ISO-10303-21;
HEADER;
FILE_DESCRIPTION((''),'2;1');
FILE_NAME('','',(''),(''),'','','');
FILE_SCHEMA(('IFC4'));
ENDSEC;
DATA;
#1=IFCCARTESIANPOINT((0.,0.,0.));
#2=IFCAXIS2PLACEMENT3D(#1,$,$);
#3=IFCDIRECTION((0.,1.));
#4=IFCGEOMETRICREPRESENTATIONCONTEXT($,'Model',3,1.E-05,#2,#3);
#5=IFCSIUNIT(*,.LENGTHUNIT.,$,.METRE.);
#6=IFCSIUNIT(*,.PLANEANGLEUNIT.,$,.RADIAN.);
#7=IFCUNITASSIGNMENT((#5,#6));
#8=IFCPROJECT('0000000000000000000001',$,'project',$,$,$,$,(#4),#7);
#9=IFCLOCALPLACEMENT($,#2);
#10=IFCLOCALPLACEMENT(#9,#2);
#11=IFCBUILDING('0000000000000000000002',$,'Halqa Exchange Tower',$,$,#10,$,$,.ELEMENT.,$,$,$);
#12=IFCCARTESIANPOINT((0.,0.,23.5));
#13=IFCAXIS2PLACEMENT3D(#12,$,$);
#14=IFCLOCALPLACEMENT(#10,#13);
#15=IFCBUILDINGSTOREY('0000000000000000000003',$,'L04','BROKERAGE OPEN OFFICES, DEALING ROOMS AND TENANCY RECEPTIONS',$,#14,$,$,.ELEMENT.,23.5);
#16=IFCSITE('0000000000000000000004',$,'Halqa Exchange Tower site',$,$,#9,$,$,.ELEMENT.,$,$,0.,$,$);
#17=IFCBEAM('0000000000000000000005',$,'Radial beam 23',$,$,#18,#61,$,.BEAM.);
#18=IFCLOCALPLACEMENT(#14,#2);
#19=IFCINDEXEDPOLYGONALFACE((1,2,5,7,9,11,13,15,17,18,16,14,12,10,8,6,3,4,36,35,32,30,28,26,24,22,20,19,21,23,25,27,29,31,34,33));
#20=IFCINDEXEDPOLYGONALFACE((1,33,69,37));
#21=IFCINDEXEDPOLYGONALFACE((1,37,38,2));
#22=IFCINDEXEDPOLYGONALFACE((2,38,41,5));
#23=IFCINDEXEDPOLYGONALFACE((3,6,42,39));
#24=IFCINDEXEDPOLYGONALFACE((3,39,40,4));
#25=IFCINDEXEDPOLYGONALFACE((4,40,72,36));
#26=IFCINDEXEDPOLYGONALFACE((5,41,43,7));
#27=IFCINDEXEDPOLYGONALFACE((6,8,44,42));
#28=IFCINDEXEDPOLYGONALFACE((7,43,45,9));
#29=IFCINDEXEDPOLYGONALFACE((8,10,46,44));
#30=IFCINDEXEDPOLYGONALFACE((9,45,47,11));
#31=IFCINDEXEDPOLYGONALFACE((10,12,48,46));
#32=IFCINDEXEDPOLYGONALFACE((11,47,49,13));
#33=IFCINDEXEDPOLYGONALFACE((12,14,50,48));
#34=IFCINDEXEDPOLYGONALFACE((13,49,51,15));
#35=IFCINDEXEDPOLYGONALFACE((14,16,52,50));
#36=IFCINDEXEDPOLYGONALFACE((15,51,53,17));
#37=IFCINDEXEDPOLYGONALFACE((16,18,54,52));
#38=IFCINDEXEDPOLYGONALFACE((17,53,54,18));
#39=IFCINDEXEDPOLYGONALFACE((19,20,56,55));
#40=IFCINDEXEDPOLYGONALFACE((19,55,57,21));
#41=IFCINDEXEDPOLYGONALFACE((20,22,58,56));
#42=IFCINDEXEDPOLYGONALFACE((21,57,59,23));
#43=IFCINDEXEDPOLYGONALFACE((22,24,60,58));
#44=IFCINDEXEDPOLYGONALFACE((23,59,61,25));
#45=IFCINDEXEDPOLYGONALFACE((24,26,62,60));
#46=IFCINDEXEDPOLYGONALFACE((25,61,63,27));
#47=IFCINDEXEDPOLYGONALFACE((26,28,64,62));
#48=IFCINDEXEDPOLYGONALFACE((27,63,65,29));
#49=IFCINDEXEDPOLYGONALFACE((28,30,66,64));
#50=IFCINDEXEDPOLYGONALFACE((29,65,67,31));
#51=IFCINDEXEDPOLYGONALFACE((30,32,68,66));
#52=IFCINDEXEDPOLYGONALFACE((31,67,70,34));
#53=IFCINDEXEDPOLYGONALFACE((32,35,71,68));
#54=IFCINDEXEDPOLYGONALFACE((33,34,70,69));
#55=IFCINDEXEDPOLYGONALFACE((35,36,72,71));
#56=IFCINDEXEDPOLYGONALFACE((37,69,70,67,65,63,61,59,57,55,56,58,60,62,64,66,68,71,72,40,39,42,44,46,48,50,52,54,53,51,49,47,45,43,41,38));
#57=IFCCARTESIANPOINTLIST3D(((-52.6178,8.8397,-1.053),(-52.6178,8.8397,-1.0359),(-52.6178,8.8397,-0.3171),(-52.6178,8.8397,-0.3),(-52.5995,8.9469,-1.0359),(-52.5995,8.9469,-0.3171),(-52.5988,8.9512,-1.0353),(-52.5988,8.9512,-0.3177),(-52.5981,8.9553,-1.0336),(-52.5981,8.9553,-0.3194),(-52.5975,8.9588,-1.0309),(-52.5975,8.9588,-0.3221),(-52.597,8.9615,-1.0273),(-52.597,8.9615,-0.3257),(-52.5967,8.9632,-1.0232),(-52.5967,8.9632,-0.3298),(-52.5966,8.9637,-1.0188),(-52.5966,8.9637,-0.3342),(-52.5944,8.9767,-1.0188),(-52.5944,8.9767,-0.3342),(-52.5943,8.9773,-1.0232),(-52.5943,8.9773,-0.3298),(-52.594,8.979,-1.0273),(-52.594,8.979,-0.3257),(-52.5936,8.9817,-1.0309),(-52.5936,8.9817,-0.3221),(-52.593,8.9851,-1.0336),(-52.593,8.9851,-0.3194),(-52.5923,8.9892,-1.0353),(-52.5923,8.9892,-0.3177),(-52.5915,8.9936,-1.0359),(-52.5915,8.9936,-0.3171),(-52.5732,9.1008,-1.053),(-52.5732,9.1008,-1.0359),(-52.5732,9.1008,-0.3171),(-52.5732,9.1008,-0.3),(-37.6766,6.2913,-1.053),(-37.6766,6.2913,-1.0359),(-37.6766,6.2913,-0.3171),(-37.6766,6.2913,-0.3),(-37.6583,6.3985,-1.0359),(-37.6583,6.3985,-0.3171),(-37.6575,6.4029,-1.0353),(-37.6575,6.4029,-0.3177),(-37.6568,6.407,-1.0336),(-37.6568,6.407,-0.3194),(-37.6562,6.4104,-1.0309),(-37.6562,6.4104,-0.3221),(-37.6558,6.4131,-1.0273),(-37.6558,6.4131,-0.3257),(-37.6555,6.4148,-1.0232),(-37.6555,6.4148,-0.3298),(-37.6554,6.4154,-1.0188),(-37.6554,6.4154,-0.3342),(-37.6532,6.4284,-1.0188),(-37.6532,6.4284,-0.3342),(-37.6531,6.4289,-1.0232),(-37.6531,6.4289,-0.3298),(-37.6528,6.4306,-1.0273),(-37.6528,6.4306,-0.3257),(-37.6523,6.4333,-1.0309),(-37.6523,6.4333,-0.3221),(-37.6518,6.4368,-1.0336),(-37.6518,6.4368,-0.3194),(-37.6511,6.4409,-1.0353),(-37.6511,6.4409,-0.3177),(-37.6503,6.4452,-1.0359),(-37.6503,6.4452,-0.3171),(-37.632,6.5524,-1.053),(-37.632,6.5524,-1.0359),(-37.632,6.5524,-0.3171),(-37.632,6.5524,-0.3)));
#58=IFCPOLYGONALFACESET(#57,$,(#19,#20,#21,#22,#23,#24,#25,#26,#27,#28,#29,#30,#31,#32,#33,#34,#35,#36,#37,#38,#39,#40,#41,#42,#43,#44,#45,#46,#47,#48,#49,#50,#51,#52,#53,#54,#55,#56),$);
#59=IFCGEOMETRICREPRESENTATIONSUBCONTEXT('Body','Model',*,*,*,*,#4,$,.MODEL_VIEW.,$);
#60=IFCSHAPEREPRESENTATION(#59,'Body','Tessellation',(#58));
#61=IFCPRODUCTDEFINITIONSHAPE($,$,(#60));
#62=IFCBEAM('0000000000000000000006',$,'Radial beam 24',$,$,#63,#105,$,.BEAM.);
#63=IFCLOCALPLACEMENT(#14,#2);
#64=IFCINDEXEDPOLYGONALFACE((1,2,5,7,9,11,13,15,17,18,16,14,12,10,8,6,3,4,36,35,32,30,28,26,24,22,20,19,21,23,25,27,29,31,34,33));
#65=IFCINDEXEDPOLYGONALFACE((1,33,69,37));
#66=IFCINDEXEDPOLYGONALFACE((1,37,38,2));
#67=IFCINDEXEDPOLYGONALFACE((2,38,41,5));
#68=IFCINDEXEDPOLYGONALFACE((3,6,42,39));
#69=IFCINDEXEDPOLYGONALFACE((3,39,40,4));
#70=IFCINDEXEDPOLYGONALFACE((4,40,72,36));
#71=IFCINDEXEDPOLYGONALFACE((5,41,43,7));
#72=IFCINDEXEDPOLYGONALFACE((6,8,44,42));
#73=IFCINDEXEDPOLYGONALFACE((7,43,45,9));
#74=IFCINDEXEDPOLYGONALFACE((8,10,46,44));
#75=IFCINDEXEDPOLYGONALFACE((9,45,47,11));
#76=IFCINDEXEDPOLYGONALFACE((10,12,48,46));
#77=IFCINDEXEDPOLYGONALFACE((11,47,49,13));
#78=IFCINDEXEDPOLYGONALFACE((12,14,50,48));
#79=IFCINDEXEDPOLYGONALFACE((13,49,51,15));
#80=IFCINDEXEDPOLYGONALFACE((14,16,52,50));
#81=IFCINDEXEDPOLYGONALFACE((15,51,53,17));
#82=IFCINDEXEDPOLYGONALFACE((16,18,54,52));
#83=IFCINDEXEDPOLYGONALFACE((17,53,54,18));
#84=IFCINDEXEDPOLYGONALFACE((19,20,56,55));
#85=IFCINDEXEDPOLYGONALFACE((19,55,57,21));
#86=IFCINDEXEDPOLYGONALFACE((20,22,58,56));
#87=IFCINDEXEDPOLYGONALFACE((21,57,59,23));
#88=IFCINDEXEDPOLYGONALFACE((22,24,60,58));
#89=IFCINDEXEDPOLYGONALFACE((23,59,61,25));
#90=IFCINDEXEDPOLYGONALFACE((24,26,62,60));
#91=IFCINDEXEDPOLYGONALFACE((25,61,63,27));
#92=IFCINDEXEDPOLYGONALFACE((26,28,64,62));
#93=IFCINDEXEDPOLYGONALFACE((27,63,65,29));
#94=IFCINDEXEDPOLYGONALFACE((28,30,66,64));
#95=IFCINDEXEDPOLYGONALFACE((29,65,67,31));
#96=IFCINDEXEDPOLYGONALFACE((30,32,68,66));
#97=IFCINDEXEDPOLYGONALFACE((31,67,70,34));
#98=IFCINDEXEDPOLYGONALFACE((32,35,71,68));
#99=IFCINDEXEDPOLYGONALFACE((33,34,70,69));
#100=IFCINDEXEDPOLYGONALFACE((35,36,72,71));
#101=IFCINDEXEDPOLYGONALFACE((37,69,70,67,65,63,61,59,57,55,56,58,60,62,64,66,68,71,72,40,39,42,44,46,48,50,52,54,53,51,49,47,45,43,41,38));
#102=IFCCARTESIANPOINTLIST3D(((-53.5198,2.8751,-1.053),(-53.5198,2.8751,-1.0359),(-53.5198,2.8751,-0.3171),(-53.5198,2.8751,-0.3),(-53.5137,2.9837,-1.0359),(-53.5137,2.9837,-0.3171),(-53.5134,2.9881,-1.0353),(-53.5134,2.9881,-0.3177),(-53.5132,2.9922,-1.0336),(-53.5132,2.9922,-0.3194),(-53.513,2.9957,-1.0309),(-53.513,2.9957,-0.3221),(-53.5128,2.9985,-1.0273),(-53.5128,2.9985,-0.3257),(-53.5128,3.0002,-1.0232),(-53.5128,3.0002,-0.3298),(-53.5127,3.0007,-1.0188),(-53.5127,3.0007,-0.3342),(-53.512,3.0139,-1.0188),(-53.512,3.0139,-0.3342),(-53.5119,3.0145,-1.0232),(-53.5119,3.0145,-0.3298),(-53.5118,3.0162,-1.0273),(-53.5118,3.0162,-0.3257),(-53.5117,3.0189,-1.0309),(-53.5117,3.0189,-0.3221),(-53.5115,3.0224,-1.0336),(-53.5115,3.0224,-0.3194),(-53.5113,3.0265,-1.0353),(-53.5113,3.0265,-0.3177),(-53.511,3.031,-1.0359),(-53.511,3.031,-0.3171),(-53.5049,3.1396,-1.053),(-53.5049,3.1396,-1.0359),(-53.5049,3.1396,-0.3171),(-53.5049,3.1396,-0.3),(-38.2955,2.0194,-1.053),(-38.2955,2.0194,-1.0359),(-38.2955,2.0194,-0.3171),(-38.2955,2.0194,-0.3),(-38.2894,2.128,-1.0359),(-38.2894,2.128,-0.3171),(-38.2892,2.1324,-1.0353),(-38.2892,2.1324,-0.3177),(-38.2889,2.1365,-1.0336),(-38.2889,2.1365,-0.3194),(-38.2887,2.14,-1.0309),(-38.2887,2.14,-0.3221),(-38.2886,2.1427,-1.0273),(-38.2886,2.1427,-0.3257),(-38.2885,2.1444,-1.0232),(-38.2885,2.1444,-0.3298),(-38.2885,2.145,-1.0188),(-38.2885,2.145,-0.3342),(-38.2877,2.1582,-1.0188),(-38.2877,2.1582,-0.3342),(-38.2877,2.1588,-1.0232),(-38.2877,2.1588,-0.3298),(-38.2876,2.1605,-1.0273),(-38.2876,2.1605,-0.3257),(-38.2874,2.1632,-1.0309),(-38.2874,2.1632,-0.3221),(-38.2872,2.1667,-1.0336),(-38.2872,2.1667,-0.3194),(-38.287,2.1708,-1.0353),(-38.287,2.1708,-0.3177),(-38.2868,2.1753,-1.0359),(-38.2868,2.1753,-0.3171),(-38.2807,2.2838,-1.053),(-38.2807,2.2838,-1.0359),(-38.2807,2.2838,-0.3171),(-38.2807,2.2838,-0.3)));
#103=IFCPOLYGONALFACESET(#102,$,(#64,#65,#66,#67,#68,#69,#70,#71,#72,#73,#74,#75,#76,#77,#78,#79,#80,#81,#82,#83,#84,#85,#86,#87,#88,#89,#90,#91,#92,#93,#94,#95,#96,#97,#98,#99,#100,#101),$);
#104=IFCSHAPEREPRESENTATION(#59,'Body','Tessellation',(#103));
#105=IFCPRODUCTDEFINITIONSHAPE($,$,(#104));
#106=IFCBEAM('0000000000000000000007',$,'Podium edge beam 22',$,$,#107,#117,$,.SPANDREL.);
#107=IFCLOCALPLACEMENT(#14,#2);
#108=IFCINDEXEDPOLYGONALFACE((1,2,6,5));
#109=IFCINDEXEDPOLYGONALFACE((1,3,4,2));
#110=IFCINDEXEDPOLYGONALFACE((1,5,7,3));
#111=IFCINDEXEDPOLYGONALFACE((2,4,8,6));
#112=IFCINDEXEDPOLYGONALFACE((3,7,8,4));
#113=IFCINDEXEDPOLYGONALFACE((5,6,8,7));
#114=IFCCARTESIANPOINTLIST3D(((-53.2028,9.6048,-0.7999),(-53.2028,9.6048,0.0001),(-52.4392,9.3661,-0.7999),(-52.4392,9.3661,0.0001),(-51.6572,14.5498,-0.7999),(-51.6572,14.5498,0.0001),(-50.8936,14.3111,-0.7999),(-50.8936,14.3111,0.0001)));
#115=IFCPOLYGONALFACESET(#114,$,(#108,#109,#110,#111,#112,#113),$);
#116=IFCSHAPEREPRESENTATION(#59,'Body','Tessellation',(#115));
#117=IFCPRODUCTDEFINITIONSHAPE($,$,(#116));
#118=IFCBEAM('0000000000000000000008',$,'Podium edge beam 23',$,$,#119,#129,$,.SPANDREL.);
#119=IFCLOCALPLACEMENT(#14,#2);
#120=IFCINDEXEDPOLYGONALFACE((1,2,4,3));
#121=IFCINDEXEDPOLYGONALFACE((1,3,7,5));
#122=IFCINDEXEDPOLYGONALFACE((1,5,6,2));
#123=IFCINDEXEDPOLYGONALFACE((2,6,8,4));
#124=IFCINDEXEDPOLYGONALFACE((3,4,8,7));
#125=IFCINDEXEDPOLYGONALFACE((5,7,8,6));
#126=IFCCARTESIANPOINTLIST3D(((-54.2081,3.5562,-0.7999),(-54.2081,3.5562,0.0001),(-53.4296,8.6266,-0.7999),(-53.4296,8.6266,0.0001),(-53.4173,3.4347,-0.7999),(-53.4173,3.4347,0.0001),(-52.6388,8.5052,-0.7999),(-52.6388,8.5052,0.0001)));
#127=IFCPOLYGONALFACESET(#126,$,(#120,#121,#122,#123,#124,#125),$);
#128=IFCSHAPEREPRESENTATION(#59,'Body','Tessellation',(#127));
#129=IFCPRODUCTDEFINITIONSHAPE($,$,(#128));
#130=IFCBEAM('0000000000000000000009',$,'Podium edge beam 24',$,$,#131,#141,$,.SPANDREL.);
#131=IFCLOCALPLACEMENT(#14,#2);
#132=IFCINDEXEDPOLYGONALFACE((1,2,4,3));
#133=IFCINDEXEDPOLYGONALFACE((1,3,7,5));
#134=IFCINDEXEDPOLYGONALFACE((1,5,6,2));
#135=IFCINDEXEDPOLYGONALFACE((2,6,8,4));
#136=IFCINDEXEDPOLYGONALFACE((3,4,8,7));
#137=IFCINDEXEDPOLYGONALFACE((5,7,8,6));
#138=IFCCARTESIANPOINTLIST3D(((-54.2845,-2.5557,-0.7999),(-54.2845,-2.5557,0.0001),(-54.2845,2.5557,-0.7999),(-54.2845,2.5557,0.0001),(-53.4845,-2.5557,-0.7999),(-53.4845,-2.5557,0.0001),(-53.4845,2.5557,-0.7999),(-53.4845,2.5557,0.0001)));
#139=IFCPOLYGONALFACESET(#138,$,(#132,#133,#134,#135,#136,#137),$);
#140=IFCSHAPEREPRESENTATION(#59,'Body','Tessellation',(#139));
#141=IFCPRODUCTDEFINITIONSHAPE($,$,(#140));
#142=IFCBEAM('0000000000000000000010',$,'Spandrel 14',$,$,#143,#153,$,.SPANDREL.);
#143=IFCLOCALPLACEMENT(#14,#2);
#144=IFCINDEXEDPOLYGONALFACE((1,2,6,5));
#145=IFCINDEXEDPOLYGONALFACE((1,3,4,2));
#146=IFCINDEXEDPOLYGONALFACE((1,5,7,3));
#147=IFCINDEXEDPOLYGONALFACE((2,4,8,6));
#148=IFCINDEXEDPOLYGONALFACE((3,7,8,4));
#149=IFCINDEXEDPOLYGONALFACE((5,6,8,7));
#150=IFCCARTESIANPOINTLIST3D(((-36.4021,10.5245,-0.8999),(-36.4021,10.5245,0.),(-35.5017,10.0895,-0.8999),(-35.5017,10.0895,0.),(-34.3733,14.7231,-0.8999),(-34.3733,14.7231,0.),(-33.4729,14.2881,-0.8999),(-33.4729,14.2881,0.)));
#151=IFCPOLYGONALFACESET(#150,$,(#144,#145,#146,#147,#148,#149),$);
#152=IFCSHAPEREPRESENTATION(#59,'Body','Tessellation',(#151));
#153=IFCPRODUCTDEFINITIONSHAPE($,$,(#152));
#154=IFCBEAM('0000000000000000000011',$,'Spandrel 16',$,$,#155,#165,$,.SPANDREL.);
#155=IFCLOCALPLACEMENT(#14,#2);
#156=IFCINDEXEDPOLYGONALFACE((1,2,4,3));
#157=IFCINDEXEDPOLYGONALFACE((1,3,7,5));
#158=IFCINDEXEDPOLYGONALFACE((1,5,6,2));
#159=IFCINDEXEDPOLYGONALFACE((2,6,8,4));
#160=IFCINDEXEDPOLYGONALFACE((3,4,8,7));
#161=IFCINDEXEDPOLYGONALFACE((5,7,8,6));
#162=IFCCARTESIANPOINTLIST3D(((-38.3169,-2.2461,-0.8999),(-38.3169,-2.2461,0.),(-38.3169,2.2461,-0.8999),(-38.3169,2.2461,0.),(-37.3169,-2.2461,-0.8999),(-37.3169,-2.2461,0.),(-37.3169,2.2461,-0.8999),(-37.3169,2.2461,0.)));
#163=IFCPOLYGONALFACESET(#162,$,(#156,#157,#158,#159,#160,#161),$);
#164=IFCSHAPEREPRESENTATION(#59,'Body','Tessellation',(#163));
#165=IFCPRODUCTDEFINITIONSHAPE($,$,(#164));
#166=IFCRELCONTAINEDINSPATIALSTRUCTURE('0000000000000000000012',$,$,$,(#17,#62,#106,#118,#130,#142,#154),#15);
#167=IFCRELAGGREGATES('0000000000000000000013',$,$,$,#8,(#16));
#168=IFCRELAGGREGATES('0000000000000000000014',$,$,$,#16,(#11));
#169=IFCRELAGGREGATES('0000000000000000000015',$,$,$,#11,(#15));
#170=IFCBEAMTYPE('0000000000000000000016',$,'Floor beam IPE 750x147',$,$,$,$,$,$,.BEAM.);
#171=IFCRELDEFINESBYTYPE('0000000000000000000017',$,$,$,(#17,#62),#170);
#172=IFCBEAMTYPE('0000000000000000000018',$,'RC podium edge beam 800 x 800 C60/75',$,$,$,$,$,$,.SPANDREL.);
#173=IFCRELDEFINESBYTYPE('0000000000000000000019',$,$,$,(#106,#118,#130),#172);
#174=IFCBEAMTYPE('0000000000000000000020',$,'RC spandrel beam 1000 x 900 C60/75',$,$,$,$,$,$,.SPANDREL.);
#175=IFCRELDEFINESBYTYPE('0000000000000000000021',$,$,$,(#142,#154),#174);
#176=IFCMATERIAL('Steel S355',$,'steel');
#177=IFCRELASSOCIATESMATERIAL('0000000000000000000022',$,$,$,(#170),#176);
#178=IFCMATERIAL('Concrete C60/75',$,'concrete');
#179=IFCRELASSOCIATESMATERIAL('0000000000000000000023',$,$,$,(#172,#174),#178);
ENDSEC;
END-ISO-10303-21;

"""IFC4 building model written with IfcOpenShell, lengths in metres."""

from ifc_helpers import new_model, si_unit, direction, frame, origin, origin_2d, place, context, subcontext, project, spatial, rectangle, i_section, extrude, material, material_profile, profile_set, type_object, element, save


model = new_model("IFC4")

# Units and contexts
model_context = context("Model", 3, precision=1e-05, world=origin(), true_north=direction((0.0, 1.0)))
body_context = subcontext(model_context, "Body", "Model", "MODEL_VIEW")
ifc_project = project(units=[si_unit("LENGTHUNIT", "METRE"), si_unit("PLANEANGLEUNIT", "RADIAN")], contexts=[model_context])

# Site, building, storey
site_placement = place(None, origin())
site = spatial("IfcSite", under=ifc_project, at=site_placement, Name="Halqa Exchange Tower site", CompositionType="ELEMENT", RefElevation=0.0)
building_placement = place(site_placement, origin())
building = spatial("IfcBuilding", under=site, at=building_placement, Name="Halqa Exchange Tower", CompositionType="ELEMENT")
storey_placement = place(building_placement, frame((0.0, 0.0, 23.5)))
storey = spatial("IfcBuildingStorey", under=building, at=storey_placement, Name="L04", Description="BROKERAGE OPEN OFFICES, DEALING ROOMS AND TENANCY RECEPTIONS", CompositionType="ELEMENT", Elevation=23.5)

# Beams
ifc_material_1 = material(Name="Steel S355", Category="steel")
ifc_material_profile_1 = material_profile(ifc_material_1, i_section(OverallWidth=0.2649, OverallDepth=0.7529, WebThickness=0.0132, FlangeThickness=0.0171, FilletRadius=0.0171, at=origin_2d()), Name="IPE 750x147")
ifc_profile_set_1 = profile_set([ifc_material_profile_1], Name="Steel S355")
beam_type_1 = type_object("IfcBeamType", Name="Floor beam IPE 750x147", PredefinedType="BEAM", material=ifc_profile_set_1)
beam_1_placement = place(storey_placement, frame((-37.6543, 6.4219, -0.6765), z_axis=(-0.985765, 0.16813, 0.0), x_axis=(-0.16813, -0.985765, 0.0)))
element("IfcBeam", 1, at=beam_1_placement, inside=storey, type_object=beam_type_1, Name="Radial beam 23", PredefinedType="BEAM", context=body_context, shape_type="SweptSolid", body=[
    extrude(i_section(OverallWidth=0.2649, OverallDepth=0.7529, WebThickness=0.0132, FlangeThickness=0.0171, FilletRadius=0.0171, at=origin_2d()), origin(), (0.0, 0.0, 1.0), 15.157),
])
beam_2_placement = place(storey_placement, frame((-38.2881, 2.1516, -0.6765), z_axis=(-0.998424, 0.056118, 0.0), x_axis=(-0.056118, -0.998424, 0.0)))
element("IfcBeam", 2, at=beam_2_placement, inside=storey, type_object=beam_type_1, Name="Radial beam 24", PredefinedType="BEAM", context=body_context, shape_type="SweptSolid", body=[
    extrude(i_section(OverallWidth=0.2649, OverallDepth=0.7529, WebThickness=0.0132, FlangeThickness=0.0171, FilletRadius=0.0171, at=origin_2d()), origin(), (0.0, 0.0, 1.0), 15.2483),
])
ifc_material_2 = material(Name="Concrete C60/75", Category="concrete")
ifc_material_profile_2 = material_profile(ifc_material_2, rectangle(XDim=0.8, YDim=0.8, at=origin_2d()), Name="800 x 800")
ifc_profile_set_2 = profile_set([ifc_material_profile_2], Name="Concrete C60/75")
beam_type_2 = type_object("IfcBeamType", Name="RC podium edge beam 800 x 800 C60/75", PredefinedType="SPANDREL", material=ifc_profile_set_2)
beam_3_placement = place(storey_placement, frame((-51.2754, 14.4304, -0.3999), z_axis=(-0.298331, -0.954462, 0.0), x_axis=(0.954462, -0.298331, 0.0)))
element("IfcBeam", 3, at=beam_3_placement, inside=storey, type_object=beam_type_2, Name="Podium edge beam 22", PredefinedType="SPANDREL", context=body_context, shape_type="SweptSolid", body=[
    extrude(rectangle(XDim=0.8, YDim=0.8, at=origin_2d()), origin(), (0.0, 0.0, 1.0), 5.1809),
])
beam_4_placement = place(storey_placement, frame((-53.0342, 8.5659, -0.3999), z_axis=(-0.151768, -0.988416, 0.0), x_axis=(0.988416, -0.151768, 0.0)))
element("IfcBeam", 4, at=beam_4_placement, inside=storey, type_object=beam_type_2, Name="Podium edge beam 23", PredefinedType="SPANDREL", context=body_context, shape_type="SweptSolid", body=[
    extrude(rectangle(XDim=0.8, YDim=0.8, at=origin_2d()), origin(), (0.0, 0.0, 1.0), 5.1299),
])
beam_5_placement = place(storey_placement, frame((-53.8845, 2.5557, -0.3999), z_axis=(0.0, -1.0, 0.0), x_axis=(1.0, 0.0, 0.0)))
element("IfcBeam", 5, at=beam_5_placement, inside=storey, type_object=beam_type_2, Name="Podium edge beam 24", PredefinedType="SPANDREL", context=body_context, shape_type="SweptSolid", body=[
    extrude(rectangle(XDim=0.8, YDim=0.8, at=origin_2d()), origin(), (0.0, 0.0, 1.0), 5.1113),
])
ifc_material_profile_3 = material_profile(ifc_material_2, rectangle(XDim=1.0, YDim=0.8999, at=origin_2d()), Name="1000 x 900")
ifc_profile_set_3 = profile_set([ifc_material_profile_3], Name="Concrete C60/75")
beam_type_3 = type_object("IfcBeamType", Name="RC spandrel beam 1000 x 900 C60/75", PredefinedType="SPANDREL", material=ifc_profile_set_3)
beam_6_placement = place(storey_placement, frame((-33.9231, 14.5056, -0.45), z_axis=(-0.435068, -0.900397, 0.0), x_axis=(0.900397, -0.435068, 0.0)))
element("IfcBeam", 6, at=beam_6_placement, inside=storey, type_object=beam_type_3, Name="Spandrel 14", PredefinedType="SPANDREL", context=body_context, shape_type="SweptSolid", body=[
    extrude(rectangle(XDim=1.0, YDim=0.8999, at=origin_2d()), origin(), (0.0, 0.0, 1.0), 4.6631),
])
beam_7_placement = place(storey_placement, frame((-37.8169, 2.2461, -0.45), z_axis=(0.0, -1.0, 0.0), x_axis=(1.0, 0.0, 0.0)))
element("IfcBeam", 7, at=beam_7_placement, inside=storey, type_object=beam_type_3, Name="Spandrel 16", PredefinedType="SPANDREL", context=body_context, shape_type="SweptSolid", body=[
    extrude(rectangle(XDim=1.0, YDim=0.8999, at=origin_2d()), origin(), (0.0, 0.0, 1.0), 4.4922),
])

save(model, "model.ifc")
